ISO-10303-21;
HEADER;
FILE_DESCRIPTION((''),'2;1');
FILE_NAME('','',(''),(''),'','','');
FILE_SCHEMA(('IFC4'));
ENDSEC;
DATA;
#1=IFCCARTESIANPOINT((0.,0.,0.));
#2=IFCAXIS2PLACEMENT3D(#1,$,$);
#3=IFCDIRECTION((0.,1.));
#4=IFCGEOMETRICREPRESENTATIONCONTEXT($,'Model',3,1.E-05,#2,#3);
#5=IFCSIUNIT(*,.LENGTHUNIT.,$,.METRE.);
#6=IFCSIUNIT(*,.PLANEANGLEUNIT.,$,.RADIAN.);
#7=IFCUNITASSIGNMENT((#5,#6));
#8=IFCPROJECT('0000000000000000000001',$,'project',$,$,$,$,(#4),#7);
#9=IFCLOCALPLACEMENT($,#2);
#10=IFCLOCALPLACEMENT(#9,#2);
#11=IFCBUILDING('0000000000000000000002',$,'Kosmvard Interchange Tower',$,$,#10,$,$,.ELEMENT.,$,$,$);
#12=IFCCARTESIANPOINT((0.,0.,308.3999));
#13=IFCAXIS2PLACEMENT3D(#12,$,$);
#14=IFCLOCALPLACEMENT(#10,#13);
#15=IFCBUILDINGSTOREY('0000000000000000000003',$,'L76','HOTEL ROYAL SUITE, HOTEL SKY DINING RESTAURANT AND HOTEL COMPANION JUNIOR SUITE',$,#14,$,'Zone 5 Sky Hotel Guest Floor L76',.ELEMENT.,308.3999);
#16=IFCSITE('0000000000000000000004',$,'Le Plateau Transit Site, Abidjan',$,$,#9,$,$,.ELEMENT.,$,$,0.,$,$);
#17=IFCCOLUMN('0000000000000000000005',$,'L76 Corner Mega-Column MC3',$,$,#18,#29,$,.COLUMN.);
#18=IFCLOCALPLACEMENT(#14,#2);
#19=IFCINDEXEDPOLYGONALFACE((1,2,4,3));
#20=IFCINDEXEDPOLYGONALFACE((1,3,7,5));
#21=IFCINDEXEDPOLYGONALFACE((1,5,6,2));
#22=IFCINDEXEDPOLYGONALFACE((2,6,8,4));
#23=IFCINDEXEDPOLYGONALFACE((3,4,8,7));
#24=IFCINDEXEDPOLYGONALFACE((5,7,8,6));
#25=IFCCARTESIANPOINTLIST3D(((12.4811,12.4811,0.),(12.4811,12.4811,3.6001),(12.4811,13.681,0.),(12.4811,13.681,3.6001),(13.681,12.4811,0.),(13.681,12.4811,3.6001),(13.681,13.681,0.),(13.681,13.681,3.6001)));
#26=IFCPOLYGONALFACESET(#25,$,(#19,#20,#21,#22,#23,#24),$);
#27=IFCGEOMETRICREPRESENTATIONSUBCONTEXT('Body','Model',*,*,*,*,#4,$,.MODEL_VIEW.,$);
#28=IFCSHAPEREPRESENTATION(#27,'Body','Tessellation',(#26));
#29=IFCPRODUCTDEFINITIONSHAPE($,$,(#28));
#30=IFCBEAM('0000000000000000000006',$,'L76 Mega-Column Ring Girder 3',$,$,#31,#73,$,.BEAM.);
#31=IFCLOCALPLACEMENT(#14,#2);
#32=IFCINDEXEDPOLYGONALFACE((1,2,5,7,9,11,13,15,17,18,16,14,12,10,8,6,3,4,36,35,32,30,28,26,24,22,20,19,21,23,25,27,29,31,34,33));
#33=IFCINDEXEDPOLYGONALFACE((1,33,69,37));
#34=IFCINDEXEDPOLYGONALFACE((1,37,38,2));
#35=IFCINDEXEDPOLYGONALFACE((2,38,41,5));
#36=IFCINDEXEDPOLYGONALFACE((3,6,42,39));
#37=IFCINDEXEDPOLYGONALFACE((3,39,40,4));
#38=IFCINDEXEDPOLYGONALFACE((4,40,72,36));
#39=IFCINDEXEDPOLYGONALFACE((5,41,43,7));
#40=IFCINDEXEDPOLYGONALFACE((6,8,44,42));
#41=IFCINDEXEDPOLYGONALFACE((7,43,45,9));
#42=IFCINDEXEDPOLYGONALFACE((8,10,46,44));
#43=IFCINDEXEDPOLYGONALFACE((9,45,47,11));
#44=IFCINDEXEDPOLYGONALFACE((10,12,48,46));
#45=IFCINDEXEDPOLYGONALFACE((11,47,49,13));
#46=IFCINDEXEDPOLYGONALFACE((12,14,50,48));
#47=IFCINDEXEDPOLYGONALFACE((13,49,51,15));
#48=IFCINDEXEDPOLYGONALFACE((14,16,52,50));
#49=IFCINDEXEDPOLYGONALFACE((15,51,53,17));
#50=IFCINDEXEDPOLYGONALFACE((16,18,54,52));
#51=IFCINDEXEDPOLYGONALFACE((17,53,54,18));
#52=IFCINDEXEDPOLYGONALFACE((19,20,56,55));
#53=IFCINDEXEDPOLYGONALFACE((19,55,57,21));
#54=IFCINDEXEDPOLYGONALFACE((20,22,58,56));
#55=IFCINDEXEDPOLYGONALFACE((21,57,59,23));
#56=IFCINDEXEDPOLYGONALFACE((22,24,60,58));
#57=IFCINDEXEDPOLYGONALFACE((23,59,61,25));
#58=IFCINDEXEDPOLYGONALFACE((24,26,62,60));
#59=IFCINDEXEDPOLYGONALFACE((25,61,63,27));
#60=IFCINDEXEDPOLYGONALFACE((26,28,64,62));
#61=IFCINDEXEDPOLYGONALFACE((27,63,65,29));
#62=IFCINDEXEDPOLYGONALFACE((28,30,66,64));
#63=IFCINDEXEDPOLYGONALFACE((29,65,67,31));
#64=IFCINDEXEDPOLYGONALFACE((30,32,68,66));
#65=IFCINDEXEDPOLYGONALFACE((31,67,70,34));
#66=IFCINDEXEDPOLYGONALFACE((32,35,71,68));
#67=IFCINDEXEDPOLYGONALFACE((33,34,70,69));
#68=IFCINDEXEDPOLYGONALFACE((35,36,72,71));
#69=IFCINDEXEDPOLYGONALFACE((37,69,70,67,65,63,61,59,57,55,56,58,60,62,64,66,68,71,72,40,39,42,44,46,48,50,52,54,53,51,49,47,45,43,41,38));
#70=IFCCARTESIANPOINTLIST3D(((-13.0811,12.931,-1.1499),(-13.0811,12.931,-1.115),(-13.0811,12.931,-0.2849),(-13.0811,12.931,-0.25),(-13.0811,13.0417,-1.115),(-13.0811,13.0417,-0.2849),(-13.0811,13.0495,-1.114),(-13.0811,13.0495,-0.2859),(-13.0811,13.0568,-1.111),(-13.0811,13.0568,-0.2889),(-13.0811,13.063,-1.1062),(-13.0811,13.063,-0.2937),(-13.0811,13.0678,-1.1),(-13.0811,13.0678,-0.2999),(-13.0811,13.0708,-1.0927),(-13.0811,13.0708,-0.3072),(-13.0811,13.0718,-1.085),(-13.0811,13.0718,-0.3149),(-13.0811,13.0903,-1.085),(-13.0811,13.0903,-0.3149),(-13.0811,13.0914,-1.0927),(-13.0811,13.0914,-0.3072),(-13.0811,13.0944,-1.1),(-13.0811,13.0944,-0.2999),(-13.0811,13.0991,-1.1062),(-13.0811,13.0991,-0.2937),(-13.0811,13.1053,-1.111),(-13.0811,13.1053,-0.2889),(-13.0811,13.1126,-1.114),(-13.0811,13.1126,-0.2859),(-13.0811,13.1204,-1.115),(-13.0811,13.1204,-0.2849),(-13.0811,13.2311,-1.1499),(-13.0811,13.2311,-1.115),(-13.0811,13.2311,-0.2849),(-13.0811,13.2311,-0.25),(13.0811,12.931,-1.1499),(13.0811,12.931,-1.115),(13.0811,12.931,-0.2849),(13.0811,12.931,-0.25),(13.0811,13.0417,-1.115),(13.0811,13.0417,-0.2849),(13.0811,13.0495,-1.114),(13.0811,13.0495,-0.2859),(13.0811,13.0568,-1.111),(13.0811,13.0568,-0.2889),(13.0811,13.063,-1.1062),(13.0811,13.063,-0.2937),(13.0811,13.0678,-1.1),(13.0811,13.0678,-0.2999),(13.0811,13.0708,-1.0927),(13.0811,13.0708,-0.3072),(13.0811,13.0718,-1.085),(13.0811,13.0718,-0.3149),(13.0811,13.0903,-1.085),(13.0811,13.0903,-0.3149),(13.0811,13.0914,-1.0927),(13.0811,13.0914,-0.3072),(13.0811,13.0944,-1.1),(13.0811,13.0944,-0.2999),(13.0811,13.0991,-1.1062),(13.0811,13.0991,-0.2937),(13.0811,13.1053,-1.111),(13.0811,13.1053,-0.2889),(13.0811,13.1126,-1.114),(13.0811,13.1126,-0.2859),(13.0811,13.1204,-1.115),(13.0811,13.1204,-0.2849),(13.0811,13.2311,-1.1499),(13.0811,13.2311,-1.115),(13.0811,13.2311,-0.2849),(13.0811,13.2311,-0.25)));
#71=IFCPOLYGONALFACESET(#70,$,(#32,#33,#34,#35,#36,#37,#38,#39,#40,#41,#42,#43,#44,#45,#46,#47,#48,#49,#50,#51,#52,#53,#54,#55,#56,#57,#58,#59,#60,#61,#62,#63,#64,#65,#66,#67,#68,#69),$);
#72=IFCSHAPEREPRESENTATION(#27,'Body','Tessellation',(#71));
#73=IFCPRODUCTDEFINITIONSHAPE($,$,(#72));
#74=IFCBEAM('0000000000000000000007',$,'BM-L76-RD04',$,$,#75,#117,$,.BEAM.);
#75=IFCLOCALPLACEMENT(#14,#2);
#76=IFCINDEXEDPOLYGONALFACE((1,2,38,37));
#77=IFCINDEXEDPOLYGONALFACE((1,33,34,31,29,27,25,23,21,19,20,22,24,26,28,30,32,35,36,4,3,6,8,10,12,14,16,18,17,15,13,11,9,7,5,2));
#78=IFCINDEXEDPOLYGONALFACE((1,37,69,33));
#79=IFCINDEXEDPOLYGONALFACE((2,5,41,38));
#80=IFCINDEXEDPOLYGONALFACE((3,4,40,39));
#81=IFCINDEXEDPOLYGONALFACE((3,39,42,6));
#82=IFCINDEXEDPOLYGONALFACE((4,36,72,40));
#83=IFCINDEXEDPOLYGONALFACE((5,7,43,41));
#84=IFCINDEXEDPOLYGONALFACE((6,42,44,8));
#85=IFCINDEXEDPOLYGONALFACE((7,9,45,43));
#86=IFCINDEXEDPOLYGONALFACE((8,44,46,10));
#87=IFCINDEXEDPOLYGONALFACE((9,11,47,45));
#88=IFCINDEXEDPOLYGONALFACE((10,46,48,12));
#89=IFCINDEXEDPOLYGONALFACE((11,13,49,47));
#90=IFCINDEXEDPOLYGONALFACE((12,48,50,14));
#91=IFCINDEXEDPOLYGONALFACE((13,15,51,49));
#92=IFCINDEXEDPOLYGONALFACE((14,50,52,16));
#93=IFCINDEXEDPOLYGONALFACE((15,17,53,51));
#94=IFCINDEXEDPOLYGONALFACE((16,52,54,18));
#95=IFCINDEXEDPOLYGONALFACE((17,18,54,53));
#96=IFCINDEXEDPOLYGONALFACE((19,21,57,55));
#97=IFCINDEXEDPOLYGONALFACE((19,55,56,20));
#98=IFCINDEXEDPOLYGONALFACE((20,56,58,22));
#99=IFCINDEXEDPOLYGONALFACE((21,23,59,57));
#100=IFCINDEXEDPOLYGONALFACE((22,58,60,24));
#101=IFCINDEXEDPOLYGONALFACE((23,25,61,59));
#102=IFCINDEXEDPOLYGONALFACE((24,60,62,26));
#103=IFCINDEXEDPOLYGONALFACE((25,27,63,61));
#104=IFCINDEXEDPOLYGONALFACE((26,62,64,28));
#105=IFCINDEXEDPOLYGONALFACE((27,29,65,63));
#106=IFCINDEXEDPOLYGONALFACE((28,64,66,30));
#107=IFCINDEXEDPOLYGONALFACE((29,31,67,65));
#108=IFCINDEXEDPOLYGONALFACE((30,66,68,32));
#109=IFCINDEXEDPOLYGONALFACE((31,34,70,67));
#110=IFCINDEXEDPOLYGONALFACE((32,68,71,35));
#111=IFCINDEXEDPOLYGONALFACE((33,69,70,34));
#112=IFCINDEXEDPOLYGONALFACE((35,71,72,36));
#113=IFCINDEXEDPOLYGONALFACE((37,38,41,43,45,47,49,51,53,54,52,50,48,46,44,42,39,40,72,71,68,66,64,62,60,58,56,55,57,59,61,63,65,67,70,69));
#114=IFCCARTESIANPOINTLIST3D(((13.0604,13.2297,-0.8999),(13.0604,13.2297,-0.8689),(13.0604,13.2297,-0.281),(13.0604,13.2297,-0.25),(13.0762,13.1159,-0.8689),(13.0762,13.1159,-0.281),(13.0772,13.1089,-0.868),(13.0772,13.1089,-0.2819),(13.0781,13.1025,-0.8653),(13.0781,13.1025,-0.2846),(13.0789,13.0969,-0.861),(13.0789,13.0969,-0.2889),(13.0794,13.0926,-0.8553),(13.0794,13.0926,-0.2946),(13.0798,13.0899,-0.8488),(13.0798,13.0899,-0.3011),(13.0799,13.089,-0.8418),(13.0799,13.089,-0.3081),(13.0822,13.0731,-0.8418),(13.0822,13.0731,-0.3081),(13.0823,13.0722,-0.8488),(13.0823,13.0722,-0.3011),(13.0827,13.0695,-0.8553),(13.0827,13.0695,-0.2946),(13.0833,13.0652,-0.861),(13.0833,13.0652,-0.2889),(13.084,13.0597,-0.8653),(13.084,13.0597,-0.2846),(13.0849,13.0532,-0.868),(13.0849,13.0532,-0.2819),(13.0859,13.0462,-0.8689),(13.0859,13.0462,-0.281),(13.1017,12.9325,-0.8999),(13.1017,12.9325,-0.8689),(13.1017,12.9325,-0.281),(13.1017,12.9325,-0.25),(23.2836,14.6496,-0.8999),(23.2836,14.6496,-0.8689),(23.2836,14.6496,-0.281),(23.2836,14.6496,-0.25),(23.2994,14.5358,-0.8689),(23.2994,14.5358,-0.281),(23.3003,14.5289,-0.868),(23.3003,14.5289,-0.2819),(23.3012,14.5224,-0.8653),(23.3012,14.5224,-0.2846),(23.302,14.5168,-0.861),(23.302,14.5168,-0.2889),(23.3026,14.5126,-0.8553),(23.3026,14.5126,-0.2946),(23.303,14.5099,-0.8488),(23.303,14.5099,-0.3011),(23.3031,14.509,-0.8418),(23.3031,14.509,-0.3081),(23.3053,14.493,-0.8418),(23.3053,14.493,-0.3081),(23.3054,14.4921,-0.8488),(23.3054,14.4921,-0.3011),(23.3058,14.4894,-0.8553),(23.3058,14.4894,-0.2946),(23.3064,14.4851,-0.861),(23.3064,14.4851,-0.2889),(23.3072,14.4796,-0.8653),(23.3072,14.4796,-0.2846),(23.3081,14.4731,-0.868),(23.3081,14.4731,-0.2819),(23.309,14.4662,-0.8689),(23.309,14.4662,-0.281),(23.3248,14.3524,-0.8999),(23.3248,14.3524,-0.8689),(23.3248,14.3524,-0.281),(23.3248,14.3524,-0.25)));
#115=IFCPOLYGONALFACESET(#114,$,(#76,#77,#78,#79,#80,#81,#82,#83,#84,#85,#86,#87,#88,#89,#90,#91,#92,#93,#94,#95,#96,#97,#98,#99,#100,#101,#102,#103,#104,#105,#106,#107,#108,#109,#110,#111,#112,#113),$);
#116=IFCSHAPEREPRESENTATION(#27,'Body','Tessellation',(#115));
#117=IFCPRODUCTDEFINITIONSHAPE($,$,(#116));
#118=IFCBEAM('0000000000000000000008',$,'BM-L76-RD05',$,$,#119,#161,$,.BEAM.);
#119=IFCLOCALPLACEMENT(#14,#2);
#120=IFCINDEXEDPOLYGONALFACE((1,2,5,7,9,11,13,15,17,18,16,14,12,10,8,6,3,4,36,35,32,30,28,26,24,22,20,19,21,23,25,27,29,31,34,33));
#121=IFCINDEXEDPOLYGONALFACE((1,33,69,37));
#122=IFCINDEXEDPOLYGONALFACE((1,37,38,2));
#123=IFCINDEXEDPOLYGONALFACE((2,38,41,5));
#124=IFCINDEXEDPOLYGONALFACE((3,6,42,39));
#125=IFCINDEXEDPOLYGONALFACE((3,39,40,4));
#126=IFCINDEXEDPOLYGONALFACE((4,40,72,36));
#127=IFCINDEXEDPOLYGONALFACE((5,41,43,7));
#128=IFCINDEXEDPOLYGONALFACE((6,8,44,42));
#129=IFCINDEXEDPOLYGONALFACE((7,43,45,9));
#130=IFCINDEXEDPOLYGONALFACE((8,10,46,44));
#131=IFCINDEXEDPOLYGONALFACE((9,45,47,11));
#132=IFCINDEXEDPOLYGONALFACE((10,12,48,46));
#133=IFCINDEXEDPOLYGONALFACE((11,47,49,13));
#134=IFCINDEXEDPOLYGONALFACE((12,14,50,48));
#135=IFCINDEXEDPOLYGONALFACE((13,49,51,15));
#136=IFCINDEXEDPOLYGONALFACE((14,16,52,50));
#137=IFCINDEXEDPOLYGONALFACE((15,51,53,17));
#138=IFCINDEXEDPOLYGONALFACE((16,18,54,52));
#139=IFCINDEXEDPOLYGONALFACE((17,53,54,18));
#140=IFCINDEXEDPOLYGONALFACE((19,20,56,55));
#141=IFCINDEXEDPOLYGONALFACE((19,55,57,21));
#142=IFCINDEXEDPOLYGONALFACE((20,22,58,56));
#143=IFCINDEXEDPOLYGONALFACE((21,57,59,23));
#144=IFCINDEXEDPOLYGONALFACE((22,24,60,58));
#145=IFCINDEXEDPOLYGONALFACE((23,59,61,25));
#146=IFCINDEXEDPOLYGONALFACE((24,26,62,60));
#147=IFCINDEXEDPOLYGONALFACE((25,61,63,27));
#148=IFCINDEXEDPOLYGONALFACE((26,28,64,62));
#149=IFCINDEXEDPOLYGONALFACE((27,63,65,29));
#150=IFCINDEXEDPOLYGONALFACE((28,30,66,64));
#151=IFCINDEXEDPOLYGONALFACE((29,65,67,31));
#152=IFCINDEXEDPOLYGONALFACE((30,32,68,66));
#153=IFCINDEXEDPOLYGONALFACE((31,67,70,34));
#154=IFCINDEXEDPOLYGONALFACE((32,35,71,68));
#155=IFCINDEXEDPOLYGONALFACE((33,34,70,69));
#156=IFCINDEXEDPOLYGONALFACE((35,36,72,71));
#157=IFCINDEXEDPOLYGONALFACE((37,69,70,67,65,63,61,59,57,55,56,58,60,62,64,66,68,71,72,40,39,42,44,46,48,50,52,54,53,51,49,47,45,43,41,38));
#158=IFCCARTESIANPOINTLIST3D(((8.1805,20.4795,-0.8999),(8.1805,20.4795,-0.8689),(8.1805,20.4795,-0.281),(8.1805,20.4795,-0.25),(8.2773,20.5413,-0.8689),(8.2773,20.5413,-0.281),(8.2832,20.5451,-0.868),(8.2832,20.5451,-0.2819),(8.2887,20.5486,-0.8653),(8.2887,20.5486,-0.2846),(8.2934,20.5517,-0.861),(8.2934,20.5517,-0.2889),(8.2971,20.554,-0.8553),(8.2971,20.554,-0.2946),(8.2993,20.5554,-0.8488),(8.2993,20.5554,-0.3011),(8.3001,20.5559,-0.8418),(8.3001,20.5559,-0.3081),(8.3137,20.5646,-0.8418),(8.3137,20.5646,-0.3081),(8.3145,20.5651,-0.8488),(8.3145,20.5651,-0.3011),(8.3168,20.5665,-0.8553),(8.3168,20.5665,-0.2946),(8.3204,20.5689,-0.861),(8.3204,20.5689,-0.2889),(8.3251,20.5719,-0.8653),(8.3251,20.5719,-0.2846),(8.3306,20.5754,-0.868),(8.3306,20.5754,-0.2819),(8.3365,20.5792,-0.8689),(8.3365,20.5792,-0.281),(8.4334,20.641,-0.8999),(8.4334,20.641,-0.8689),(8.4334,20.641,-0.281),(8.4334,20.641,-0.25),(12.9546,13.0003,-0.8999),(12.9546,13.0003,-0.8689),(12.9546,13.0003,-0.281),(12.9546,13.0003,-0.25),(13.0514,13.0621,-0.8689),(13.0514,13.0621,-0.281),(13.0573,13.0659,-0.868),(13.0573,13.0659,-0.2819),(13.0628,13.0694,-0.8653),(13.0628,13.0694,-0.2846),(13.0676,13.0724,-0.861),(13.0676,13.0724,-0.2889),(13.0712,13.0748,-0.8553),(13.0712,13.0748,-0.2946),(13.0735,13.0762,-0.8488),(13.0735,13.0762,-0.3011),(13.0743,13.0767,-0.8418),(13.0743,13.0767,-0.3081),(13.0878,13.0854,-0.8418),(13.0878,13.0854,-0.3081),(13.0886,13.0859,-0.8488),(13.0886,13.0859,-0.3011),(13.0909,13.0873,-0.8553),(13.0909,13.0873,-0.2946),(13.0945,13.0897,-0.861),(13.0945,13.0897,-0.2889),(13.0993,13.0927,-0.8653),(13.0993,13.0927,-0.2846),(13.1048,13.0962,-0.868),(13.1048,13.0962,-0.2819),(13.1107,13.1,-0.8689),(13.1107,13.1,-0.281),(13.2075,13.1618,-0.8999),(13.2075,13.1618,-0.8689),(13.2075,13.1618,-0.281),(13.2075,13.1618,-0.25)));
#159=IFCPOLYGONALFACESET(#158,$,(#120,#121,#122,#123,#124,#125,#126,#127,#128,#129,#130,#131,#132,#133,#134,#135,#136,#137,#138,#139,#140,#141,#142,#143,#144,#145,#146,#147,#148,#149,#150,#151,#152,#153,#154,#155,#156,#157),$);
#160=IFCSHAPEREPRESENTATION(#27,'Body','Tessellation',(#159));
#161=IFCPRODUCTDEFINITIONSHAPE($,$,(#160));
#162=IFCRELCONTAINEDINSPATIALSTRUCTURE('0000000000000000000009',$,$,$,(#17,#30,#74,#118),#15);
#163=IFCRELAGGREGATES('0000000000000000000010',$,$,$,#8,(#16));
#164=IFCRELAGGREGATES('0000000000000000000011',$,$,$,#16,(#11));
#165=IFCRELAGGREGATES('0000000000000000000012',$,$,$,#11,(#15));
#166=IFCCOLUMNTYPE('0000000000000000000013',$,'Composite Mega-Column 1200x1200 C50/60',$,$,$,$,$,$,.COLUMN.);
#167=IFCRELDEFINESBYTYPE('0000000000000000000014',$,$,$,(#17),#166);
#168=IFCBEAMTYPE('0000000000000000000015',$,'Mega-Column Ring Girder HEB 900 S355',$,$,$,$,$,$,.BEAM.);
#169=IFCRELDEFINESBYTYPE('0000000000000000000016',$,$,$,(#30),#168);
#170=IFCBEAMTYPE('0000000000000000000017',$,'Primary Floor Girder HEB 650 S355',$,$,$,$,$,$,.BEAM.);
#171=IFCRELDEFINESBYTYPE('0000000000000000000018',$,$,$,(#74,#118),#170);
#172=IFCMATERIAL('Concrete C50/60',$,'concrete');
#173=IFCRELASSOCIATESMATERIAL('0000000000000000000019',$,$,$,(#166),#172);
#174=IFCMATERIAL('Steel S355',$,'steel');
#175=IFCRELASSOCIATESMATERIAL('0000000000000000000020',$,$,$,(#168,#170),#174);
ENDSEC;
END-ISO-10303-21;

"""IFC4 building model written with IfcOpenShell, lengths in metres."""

from ifc_helpers import new_model, si_unit, direction, frame, origin, origin_2d, place, context, subcontext, project, spatial, rectangle, i_section, extrude, source, transform, mapped, material, material_profile, profile_set, type_object, element, save


model = new_model("IFC4")

# Units and contexts
model_context = context("Model", 3, precision=1e-05, world=origin(), true_north=direction((0.0, 1.0)))
body_context = subcontext(model_context, "Body", "Model", "MODEL_VIEW")
ifc_project = project(units=[si_unit("LENGTHUNIT", "METRE"), si_unit("PLANEANGLEUNIT", "RADIAN")], contexts=[model_context])

# Site, building, storey
site_placement = place(None, origin())
site = spatial("IfcSite", under=ifc_project, at=site_placement, Name="Le Plateau Transit Site, Abidjan", CompositionType="ELEMENT", RefElevation=0.0)
building_placement = place(site_placement, origin())
building = spatial("IfcBuilding", under=site, at=building_placement, Name="Kosmvard Interchange Tower", CompositionType="ELEMENT")
storey_placement = place(building_placement, frame((0.0, 0.0, 308.3999)))
storey = spatial("IfcBuildingStorey", under=building, at=storey_placement, Name="L76", Description="HOTEL ROYAL SUITE, HOTEL SKY DINING RESTAURANT AND HOTEL COMPANION JUNIOR SUITE", LongName="Zone 5 Sky Hotel Guest Floor L76", CompositionType="ELEMENT", Elevation=308.3999)

# Column
ifc_material_1 = material(Name="Concrete C50/60", Category="concrete")
ifc_material_profile_1 = material_profile(ifc_material_1, rectangle(XDim=1.2, YDim=1.2, at=origin_2d()), Name="MC 1200x1200")
ifc_profile_set_1 = profile_set([ifc_material_profile_1], Name="Concrete C50/60")
column_type = type_object("IfcColumnType", Name="Composite Mega-Column 1200x1200 C50/60", PredefinedType="COLUMN", material=ifc_profile_set_1)
shared_shape_1 = source(origin(), body_context, "Body", "SweptSolid", [
    extrude(rectangle(XDim=1.2, YDim=1.2, at=origin_2d()), origin(), (0.0, 0.0, 1.0), 3.6001),
])
column_placement = place(storey_placement, frame((13.0811, 13.0811, 0.0), z_axis=(0.0, 0.0, 1.0), x_axis=(1.0, 0.0, 0.0)))
element("IfcColumn", 1, at=column_placement, inside=storey, type_object=column_type, Name="L76 Corner Mega-Column MC3", PredefinedType="COLUMN", context=body_context, shape_type="MappedRepresentation", body=[
    mapped(shared_shape_1, transform((0.0, 0.0, 0.0), scale=1.0)),
])

# Beams
ifc_material_2 = material(Name="Steel S355", Category="steel")
ifc_material_profile_2 = material_profile(ifc_material_2, i_section(OverallWidth=0.3, OverallDepth=0.8999, WebThickness=0.0186, FlangeThickness=0.0349, FilletRadius=0.03, at=origin_2d()), Name="HEB 900")
ifc_profile_set_2 = profile_set([ifc_material_profile_2], Name="Steel S355")
beam_type_1 = type_object("IfcBeamType", Name="Mega-Column Ring Girder HEB 900 S355", PredefinedType="BEAM", material=ifc_profile_set_2)
shared_shape_2 = source(origin(), body_context, "Body", "SweptSolid", [
    extrude(i_section(OverallWidth=0.3, OverallDepth=0.8999, WebThickness=0.0186, FlangeThickness=0.0349, FilletRadius=0.03, at=origin_2d()), origin(), (0.0, 0.0, 1.0), 26.1621),
])
beam_1_placement = place(storey_placement, frame((13.0811, 13.0811, -0.7), z_axis=(-1.0, 0.0, 0.0), x_axis=(0.0, -1.0, 0.0)))
element("IfcBeam", 2, at=beam_1_placement, inside=storey, type_object=beam_type_1, Name="L76 Mega-Column Ring Girder 3", PredefinedType="BEAM", context=body_context, shape_type="MappedRepresentation", body=[
    mapped(shared_shape_2, transform((0.0, 0.0, 0.0), scale=1.0)),
])
ifc_material_profile_3 = material_profile(ifc_material_2, i_section(OverallWidth=0.3, OverallDepth=0.6499, WebThickness=0.0161, FlangeThickness=0.031, FilletRadius=0.0271, at=origin_2d()), Name="HEB 650")
ifc_profile_set_3 = profile_set([ifc_material_profile_3], Name="Steel S355")
beam_type_2 = type_object("IfcBeamType", Name="Primary Floor Girder HEB 650 S355", PredefinedType="BEAM", material=ifc_profile_set_3)
shared_shape_3 = source(origin(), body_context, "Body", "SweptSolid", [
    extrude(i_section(OverallWidth=0.3, OverallDepth=0.6499, WebThickness=0.0161, FlangeThickness=0.031, FilletRadius=0.0271, at=origin_2d()), origin(), (0.0, 0.0, 1.0), 10.3213),
])
beam_2_placement = place(storey_placement, frame((13.0811, 13.0811, -0.575), z_axis=(0.990492, 0.137572, 0.0), x_axis=(-0.137572, 0.990492, 0.0)))
element("IfcBeam", 3, at=beam_2_placement, inside=storey, type_object=beam_type_2, Name="BM-L76-RD04", PredefinedType="BEAM", context=body_context, shape_type="MappedRepresentation", body=[
    mapped(shared_shape_3, transform((0.0, 0.0, 0.0), scale=1.0)),
])
shared_shape_4 = source(origin(), body_context, "Body", "SweptSolid", [
    extrude(i_section(OverallWidth=0.3, OverallDepth=0.6499, WebThickness=0.0161, FlangeThickness=0.031, FilletRadius=0.0271, at=origin_2d()), origin(), (0.0, 0.0, 1.0), 8.873),
])
beam_3_placement = place(storey_placement, frame((13.0811, 13.0811, -0.575), z_axis=(-0.53805, 0.842913, 0.0), x_axis=(-0.842913, -0.53805, 0.0)))
element("IfcBeam", 4, at=beam_3_placement, inside=storey, type_object=beam_type_2, Name="BM-L76-RD05", PredefinedType="BEAM", context=body_context, shape_type="MappedRepresentation", body=[
    mapped(shared_shape_4, transform((0.0, 0.0, 0.0), scale=1.0)),
])

save(model, "model.ifc")
